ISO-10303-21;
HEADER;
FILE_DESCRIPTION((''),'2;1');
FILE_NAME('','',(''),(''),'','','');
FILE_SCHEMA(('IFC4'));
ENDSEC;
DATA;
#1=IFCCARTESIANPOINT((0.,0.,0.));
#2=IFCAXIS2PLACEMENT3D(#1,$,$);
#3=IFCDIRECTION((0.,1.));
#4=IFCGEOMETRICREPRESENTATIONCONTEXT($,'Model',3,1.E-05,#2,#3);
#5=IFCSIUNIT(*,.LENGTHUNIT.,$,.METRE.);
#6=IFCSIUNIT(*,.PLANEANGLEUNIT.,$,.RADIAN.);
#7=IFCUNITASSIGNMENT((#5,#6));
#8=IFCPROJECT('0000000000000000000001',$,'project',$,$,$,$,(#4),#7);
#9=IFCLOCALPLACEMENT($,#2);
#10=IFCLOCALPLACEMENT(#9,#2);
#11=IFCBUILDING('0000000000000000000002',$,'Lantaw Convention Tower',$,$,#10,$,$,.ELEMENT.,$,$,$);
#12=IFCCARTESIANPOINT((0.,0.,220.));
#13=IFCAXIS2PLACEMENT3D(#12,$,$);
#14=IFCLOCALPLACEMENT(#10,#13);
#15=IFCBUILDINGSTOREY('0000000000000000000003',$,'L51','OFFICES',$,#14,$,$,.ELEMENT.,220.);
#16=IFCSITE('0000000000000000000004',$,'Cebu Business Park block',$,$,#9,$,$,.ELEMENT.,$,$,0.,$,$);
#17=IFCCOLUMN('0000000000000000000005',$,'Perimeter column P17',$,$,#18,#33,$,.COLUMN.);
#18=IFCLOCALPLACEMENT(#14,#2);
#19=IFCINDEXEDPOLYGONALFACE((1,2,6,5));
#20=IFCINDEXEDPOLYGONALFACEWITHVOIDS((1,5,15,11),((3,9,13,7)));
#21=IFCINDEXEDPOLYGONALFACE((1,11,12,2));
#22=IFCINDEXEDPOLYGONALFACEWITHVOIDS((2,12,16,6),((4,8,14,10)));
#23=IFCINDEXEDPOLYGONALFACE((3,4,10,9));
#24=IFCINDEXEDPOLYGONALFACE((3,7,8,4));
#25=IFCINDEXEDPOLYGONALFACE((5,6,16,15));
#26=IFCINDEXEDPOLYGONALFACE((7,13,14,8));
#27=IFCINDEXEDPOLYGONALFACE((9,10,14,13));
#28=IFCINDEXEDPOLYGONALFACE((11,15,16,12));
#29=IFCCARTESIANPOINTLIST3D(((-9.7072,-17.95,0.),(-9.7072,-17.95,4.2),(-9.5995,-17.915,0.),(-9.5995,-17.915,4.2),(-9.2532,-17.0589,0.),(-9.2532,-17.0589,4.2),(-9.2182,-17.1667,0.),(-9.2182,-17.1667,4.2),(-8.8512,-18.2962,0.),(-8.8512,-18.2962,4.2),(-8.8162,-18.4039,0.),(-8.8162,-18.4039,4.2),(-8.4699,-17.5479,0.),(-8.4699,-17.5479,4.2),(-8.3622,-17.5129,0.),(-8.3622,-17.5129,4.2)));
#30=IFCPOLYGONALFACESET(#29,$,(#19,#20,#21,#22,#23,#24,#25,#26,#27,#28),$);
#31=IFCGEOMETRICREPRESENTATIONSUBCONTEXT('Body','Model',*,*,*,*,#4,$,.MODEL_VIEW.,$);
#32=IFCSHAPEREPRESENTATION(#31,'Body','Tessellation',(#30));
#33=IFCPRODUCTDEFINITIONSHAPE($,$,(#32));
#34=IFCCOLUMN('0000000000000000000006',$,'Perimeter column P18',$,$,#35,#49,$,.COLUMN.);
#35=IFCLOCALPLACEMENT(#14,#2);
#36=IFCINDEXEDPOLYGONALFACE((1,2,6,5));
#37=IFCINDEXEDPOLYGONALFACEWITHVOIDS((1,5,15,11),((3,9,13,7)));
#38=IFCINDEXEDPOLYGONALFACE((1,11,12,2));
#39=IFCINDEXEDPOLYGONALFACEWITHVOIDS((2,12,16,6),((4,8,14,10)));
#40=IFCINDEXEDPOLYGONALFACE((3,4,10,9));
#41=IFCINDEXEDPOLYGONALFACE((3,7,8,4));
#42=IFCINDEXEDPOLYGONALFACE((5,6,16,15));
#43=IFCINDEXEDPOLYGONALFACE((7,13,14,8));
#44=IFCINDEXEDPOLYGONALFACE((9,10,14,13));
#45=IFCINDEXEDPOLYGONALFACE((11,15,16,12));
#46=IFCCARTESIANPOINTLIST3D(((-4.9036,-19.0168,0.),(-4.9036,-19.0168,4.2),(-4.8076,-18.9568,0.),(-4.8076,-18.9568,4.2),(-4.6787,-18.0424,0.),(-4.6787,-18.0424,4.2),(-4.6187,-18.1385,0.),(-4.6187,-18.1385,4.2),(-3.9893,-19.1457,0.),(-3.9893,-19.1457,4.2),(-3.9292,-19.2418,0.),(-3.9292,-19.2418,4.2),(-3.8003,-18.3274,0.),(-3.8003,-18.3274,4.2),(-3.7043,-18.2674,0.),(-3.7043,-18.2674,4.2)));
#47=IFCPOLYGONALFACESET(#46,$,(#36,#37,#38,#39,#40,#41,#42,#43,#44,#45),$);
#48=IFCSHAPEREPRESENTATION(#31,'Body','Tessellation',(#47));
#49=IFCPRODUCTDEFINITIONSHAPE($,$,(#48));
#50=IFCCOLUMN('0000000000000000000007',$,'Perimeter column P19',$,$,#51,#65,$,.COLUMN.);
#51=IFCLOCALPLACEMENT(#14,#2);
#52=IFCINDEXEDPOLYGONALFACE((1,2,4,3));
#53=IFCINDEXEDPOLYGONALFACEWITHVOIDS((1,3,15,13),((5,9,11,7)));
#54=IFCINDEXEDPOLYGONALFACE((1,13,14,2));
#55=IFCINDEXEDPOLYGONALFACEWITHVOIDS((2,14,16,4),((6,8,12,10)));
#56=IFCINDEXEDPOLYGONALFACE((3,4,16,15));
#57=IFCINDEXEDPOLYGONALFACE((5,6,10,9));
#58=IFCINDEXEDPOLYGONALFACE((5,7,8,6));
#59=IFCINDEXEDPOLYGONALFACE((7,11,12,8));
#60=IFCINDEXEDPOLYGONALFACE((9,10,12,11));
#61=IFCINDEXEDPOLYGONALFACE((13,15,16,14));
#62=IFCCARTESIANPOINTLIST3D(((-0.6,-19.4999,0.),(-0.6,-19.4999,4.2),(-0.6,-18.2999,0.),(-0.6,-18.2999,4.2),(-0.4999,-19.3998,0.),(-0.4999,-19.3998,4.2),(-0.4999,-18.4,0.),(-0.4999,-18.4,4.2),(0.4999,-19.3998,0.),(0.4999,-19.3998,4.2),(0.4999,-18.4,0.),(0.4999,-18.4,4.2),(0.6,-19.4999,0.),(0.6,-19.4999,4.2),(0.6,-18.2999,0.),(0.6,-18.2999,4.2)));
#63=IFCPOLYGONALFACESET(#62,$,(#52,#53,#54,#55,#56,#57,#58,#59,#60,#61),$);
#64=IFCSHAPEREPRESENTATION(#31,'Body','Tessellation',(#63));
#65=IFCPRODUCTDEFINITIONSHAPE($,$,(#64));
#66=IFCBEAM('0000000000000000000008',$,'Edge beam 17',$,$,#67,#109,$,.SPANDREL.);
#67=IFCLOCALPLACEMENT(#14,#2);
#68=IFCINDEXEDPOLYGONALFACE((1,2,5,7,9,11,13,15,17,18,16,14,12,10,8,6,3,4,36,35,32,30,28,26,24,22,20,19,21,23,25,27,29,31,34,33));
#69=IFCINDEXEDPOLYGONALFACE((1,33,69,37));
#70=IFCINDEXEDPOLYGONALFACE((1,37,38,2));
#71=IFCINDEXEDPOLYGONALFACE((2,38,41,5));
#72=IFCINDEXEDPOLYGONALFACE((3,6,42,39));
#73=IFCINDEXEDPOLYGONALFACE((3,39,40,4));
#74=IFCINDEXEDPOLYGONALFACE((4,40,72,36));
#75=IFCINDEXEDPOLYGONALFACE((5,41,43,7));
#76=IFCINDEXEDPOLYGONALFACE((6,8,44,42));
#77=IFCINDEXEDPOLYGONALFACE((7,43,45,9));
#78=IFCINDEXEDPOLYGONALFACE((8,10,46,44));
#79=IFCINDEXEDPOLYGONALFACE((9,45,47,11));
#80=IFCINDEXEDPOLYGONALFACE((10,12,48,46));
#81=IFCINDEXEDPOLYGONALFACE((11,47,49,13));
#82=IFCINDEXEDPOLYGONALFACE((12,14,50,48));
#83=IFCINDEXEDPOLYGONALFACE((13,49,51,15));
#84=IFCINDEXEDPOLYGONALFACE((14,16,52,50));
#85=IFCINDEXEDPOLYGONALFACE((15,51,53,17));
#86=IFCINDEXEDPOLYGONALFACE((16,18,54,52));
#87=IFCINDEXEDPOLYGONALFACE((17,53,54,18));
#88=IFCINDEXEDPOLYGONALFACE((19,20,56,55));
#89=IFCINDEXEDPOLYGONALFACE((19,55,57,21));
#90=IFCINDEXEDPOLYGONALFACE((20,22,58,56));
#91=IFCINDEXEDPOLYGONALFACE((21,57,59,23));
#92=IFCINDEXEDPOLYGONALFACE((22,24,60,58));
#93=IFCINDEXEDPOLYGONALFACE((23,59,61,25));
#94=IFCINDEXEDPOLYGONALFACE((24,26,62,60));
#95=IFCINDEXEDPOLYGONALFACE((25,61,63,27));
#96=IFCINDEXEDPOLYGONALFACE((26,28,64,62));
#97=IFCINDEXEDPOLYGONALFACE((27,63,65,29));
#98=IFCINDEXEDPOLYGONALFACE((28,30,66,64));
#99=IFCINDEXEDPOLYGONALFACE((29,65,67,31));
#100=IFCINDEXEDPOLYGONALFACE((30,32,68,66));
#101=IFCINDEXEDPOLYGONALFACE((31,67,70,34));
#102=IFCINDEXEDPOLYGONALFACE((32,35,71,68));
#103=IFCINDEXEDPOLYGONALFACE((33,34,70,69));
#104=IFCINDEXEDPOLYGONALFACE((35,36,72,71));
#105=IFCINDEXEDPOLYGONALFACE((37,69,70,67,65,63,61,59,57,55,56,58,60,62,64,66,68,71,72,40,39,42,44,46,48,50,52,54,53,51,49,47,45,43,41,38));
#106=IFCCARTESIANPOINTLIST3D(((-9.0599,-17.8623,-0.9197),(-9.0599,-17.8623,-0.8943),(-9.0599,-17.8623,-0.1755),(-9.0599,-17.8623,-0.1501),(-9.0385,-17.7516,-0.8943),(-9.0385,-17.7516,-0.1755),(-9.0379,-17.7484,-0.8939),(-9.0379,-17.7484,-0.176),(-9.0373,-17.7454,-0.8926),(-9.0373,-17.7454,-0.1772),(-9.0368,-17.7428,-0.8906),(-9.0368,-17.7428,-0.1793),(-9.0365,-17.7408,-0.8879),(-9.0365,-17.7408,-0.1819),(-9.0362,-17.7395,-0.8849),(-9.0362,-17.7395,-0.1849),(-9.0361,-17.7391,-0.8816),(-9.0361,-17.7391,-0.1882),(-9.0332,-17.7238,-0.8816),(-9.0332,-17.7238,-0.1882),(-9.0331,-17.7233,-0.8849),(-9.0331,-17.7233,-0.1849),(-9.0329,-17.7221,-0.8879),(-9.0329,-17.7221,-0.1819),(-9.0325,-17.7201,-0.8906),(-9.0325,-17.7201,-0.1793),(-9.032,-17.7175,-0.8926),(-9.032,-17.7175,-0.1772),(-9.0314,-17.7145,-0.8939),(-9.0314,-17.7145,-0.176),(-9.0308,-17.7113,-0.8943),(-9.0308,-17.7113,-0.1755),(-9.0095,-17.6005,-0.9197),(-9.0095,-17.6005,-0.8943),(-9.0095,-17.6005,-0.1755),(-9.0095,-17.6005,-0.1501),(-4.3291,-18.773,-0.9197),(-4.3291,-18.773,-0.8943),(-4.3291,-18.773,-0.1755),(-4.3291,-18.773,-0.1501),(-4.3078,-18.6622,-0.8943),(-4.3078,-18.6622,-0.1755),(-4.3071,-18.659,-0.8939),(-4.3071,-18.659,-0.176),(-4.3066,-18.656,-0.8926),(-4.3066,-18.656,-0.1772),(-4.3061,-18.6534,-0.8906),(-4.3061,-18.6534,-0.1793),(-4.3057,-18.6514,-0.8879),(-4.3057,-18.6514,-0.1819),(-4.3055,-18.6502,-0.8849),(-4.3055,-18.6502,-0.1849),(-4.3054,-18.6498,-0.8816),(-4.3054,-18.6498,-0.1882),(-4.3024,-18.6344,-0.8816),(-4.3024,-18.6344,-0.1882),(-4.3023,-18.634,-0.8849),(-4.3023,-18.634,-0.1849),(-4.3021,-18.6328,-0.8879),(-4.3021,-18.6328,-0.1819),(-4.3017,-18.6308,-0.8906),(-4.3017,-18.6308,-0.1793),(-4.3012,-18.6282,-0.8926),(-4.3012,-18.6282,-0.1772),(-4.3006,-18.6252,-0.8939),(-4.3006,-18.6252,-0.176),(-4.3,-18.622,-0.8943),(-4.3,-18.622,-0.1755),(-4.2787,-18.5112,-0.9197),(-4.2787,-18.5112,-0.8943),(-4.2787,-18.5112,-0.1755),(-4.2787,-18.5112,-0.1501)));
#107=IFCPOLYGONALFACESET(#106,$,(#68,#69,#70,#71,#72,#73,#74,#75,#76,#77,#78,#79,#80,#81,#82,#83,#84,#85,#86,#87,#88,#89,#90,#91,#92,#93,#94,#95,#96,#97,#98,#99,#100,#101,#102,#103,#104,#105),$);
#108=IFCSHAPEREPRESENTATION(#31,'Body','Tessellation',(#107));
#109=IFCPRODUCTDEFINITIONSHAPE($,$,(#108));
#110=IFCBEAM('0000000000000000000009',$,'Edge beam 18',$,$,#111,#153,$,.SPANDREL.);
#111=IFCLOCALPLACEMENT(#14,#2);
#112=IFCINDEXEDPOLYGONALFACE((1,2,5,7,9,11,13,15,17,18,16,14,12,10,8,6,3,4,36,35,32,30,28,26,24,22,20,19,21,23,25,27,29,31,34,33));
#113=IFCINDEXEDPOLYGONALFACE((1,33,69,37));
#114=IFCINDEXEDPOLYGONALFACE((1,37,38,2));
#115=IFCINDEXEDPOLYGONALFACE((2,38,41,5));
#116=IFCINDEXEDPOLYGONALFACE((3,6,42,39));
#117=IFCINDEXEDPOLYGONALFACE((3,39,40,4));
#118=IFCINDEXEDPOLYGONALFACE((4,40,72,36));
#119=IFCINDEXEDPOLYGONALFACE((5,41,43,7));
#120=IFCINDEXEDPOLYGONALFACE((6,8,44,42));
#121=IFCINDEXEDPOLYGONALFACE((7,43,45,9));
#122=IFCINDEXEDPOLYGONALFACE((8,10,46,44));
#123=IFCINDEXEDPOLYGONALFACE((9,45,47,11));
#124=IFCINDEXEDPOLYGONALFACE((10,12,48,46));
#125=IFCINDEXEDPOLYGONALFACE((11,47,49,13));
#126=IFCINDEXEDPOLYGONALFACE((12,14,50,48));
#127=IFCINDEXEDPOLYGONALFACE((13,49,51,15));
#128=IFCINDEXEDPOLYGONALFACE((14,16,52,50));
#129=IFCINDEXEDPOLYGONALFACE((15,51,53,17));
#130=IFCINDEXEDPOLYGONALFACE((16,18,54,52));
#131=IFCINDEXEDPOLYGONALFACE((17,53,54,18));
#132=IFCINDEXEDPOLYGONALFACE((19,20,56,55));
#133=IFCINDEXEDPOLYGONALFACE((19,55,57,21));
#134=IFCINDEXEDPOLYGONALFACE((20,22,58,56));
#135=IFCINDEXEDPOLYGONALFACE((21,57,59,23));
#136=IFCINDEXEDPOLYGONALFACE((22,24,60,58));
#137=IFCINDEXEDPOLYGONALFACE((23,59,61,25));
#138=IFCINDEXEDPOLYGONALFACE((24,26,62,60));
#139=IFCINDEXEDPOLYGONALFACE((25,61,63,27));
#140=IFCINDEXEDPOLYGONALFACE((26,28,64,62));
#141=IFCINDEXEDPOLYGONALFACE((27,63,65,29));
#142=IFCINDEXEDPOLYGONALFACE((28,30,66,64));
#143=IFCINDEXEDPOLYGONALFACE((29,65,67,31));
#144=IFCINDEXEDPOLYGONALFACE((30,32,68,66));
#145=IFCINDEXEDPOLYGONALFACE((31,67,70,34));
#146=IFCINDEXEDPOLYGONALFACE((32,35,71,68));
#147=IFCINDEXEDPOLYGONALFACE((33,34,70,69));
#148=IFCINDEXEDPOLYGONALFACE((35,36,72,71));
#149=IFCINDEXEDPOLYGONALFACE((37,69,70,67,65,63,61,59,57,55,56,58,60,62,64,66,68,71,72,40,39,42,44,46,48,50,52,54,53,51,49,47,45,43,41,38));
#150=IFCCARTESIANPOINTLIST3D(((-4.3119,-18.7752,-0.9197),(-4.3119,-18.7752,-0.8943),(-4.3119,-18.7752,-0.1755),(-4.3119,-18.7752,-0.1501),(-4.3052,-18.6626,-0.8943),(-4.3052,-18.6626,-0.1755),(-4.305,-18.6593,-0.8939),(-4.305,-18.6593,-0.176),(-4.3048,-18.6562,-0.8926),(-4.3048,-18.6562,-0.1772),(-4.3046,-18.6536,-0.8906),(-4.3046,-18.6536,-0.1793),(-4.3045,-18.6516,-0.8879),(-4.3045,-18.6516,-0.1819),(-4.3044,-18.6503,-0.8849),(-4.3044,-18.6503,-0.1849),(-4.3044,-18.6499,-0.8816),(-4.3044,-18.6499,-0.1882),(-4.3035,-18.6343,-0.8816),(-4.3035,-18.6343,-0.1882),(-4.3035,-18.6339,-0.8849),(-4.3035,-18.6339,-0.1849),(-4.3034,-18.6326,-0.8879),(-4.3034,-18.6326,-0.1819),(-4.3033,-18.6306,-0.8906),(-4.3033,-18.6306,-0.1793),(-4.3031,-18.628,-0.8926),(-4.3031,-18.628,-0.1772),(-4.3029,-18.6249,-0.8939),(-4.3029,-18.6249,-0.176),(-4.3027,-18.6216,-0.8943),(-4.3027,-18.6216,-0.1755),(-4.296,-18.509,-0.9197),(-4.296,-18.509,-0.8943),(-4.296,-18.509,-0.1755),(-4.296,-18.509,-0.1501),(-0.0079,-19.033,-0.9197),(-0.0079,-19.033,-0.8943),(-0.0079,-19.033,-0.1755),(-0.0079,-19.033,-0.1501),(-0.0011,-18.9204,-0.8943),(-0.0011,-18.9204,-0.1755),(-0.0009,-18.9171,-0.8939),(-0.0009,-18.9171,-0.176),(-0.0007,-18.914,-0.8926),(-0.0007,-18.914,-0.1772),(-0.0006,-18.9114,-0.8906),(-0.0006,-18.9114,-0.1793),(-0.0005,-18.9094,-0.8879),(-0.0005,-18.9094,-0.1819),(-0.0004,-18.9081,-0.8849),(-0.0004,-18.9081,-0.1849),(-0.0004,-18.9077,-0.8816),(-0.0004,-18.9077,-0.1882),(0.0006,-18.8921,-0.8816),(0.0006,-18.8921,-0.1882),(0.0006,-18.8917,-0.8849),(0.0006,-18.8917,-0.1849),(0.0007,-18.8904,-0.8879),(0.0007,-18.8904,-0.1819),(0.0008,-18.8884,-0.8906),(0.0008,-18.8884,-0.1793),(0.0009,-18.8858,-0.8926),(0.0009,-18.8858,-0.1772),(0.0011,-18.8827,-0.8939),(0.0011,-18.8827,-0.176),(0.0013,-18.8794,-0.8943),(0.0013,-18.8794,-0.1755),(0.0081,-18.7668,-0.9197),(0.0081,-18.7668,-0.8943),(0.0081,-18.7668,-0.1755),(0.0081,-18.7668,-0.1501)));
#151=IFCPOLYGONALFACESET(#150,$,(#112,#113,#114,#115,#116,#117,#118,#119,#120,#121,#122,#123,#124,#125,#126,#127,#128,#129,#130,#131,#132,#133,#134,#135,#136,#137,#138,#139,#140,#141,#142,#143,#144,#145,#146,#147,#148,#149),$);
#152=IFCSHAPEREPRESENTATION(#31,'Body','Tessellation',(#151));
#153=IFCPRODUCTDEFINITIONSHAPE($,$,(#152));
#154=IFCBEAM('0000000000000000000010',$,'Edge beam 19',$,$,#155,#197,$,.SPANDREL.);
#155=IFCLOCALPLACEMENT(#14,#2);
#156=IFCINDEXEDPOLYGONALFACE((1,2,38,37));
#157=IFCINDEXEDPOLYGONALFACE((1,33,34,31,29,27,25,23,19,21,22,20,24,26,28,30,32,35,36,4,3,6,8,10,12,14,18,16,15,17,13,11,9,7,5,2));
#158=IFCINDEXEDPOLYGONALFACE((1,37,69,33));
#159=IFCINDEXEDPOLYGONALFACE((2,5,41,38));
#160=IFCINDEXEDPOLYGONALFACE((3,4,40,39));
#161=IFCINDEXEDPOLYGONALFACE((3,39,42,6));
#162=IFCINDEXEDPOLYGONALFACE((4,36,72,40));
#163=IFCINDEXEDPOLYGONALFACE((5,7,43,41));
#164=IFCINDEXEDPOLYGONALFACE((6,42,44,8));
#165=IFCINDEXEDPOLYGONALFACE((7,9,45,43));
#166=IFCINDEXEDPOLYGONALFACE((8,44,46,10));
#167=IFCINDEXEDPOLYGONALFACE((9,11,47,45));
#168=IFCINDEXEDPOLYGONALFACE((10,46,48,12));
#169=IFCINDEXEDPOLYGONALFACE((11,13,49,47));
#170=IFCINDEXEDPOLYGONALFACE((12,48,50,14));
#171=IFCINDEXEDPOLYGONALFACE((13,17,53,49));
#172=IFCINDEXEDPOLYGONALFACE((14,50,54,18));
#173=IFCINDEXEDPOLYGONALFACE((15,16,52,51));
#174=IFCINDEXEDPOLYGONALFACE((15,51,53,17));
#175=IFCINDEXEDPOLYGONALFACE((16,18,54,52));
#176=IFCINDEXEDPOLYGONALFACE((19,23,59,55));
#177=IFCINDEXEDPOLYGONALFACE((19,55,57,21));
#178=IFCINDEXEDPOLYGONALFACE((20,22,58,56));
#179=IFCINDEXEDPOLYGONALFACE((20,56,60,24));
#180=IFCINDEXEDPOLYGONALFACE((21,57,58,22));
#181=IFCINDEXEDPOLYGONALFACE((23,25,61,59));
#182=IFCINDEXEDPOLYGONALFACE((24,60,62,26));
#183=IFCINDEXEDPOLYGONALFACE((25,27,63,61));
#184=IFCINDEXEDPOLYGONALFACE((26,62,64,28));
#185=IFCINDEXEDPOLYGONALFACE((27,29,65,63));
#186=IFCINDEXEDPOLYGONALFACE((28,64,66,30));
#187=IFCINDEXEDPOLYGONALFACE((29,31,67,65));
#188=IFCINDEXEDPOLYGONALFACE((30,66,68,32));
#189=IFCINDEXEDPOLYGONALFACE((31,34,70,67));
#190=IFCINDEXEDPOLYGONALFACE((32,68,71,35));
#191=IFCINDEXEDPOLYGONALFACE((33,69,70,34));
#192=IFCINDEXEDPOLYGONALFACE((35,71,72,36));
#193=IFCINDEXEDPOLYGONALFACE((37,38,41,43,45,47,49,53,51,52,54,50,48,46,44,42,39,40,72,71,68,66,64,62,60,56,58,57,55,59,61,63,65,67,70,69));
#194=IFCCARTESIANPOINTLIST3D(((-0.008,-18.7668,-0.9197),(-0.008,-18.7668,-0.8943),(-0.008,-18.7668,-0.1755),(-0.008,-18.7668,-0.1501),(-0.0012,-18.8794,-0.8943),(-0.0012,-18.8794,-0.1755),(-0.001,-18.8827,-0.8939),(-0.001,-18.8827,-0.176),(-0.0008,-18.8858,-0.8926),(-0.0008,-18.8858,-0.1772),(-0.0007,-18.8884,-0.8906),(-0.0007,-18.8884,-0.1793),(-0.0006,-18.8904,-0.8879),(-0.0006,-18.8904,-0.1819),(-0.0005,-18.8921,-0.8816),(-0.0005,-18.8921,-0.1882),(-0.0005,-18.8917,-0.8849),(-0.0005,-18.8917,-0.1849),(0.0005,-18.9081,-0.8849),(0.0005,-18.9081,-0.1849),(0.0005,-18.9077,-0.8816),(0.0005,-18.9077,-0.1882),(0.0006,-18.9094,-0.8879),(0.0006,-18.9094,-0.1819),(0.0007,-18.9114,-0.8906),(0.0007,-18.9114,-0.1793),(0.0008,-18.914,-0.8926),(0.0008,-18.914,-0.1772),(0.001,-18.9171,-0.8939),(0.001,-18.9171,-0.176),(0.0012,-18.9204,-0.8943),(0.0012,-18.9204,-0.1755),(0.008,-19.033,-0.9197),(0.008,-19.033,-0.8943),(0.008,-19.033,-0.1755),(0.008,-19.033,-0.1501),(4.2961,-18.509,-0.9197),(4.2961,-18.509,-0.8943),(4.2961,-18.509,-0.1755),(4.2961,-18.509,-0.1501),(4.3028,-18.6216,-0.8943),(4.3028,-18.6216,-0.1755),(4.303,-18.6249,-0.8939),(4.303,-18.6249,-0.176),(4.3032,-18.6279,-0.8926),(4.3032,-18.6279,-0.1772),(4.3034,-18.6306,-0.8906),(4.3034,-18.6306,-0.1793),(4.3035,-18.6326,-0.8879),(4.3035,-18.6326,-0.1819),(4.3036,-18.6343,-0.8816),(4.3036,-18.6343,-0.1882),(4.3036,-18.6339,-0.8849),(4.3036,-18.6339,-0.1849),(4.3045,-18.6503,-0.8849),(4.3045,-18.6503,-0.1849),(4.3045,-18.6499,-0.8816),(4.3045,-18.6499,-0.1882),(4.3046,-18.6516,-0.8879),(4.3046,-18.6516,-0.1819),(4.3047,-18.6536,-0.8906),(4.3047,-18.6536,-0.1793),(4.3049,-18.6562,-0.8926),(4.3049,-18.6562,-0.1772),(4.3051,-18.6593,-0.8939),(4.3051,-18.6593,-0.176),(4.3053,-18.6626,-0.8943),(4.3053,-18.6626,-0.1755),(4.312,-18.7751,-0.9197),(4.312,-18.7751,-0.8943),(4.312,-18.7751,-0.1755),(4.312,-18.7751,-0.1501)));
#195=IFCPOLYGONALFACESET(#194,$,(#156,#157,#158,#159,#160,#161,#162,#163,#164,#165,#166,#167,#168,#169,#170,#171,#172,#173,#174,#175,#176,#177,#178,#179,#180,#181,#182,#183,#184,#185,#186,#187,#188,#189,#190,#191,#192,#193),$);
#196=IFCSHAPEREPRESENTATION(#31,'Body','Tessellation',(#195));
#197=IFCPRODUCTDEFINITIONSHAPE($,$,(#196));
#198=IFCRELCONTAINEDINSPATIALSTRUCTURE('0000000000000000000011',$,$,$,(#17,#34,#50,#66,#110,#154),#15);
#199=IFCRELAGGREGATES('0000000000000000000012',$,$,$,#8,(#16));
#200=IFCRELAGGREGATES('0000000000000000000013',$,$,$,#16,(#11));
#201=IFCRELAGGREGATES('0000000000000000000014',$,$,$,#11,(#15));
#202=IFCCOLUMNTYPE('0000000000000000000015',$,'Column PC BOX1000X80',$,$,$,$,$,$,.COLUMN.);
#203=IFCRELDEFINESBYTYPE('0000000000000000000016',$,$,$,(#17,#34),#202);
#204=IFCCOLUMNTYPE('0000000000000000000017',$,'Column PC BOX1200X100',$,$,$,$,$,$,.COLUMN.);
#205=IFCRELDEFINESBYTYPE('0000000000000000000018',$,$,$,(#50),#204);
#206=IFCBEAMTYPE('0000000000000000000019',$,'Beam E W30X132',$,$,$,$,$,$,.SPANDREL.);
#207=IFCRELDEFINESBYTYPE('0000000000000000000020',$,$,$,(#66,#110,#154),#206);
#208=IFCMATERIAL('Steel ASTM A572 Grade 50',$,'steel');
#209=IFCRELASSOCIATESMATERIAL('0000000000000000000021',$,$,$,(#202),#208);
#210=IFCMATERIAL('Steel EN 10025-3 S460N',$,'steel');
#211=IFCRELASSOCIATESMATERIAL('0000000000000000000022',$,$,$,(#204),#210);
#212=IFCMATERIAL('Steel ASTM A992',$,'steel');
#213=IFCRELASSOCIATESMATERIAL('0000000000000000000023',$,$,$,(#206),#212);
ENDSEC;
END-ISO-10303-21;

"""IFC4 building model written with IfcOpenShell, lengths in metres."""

from ifc_helpers import new_model, si_unit, direction, frame, origin, origin_2d, place, context, subcontext, project, spatial, rectangle, hollow_rectangle, i_section, extrude, material, material_profile, profile_set, type_object, element, save


model = new_model("IFC4")

# Units and contexts
model_context = context("Model", 3, precision=1e-05, world=origin(), true_north=direction((0.0, 1.0)))
body_context = subcontext(model_context, "Body", "Model", "MODEL_VIEW")
ifc_project = project(units=[si_unit("LENGTHUNIT", "METRE"), si_unit("PLANEANGLEUNIT", "RADIAN")], contexts=[model_context])

# Site, building, storey
site_placement = place(None, origin())
site = spatial("IfcSite", under=ifc_project, at=site_placement, Name="Cebu Business Park block", CompositionType="ELEMENT", RefElevation=0.0)
building_placement = place(site_placement, origin())
building = spatial("IfcBuilding", under=site, at=building_placement, Name="Lantaw Convention Tower", CompositionType="ELEMENT")
storey_placement = place(building_placement, frame((0.0, 0.0, 220.0)))
storey = spatial("IfcBuildingStorey", under=building, at=storey_placement, Name="L51", Description="OFFICES", CompositionType="ELEMENT", Elevation=220.0)

# Columns
ifc_material_1 = material(Name="Steel ASTM A572 Grade 50", Category="steel")
ifc_material_profile_1 = material_profile(ifc_material_1, hollow_rectangle(XDim=1.0, YDim=1.0, WallThickness=0.0801, at=origin_2d()), Name="BOX1000X80")
ifc_material_2 = material(Name="Concrete C60/75", Category="concrete")
ifc_material_profile_2 = material_profile(ifc_material_2, rectangle(XDim=0.8401, YDim=0.8401, at=origin_2d()), Name="Concrete fill of BOX1000X80")
ifc_profile_set_1 = profile_set([ifc_material_profile_1, ifc_material_profile_2], Name="Steel ASTM A572 Grade 50")
column_type_1 = type_object("IfcColumnType", Name="Column PC BOX1000X80", PredefinedType="COLUMN", material=ifc_profile_set_1)
for number, where, z_axis, x_axis, name in (
    (1, (-9.0347, -17.7314, 0.0), (0.0, 0.0, 1.0), (0.45399, 0.891007, 0.0), "Perimeter column P17"),
    (2, (-4.304, -18.6421, 0.0), (0.0, 0.0, 1.0), (0.224951, 0.97437, 0.0), "Perimeter column P18"),
):
    element("IfcColumn", number, at=place(storey_placement, frame(where, z_axis=z_axis, x_axis=x_axis)), inside=storey, type_object=column_type_1, Name=name, PredefinedType="COLUMN", context=body_context, shape_type="SweptSolid", body=[
        extrude(hollow_rectangle(XDim=1.0, YDim=1.0, WallThickness=0.0801, at=origin_2d()), origin(), (0.0, 0.0, 1.0), 4.2),
    ])
ifc_material_3 = material(Name="Steel EN 10025-3 S460N", Category="steel")
ifc_material_profile_3 = material_profile(ifc_material_3, hollow_rectangle(XDim=1.2, YDim=1.2, WallThickness=0.1001, at=origin_2d()), Name="BOX1200X100")
ifc_material_profile_4 = material_profile(ifc_material_2, rectangle(XDim=1.0, YDim=1.0, at=origin_2d()), Name="Concrete fill of BOX1200X100")
ifc_profile_set_2 = profile_set([ifc_material_profile_3, ifc_material_profile_4], Name="Steel EN 10025-3 S460N")
column_type_2 = type_object("IfcColumnType", Name="Column PC BOX1200X100", PredefinedType="COLUMN", material=ifc_profile_set_2)
column_placement = place(storey_placement, frame((0.0, -18.8999, 0.0), z_axis=(0.0, 0.0, 1.0), x_axis=(1.0, 0.0, 0.0)))
element("IfcColumn", 3, at=column_placement, inside=storey, type_object=column_type_2, Name="Perimeter column P19", PredefinedType="COLUMN", context=body_context, shape_type="SweptSolid", body=[
    extrude(hollow_rectangle(XDim=1.2, YDim=1.2, WallThickness=0.1001, at=origin_2d()), origin(), (0.0, 0.0, 1.0), 4.2),
])

# Beams
ifc_material_4 = material(Name="Steel ASTM A992", Category="steel")
ifc_material_profile_5 = material_profile(ifc_material_4, i_section(OverallWidth=0.2666, OverallDepth=0.7695, WebThickness=0.0156, FlangeThickness=0.0254, FilletRadius=0.0127, at=origin_2d()), Name="W30X132")
ifc_profile_set_3 = profile_set([ifc_material_profile_5], Name="Steel ASTM A992")
beam_type_1 = type_object("IfcBeamType", Name="Beam E W30X132", PredefinedType="SPANDREL", material=ifc_profile_set_3)
beam_1_placement = place(storey_placement, frame((-9.0347, -17.7314, -0.5349), z_axis=(0.981972, -0.189026, 0.0), x_axis=(0.189026, 0.981972, 0.0)))
element("IfcBeam", 4, at=beam_1_placement, inside=storey, type_object=beam_type_1, Name="Edge beam 17", PredefinedType="SPANDREL", context=body_context, shape_type="SweptSolid", body=[
    extrude(i_section(OverallWidth=0.2666, OverallDepth=0.7695, WebThickness=0.0156, FlangeThickness=0.0254, FilletRadius=0.0127, at=origin_2d()), origin(), (0.0, 0.0, 1.0), 4.8176),
])
for number, where, z_axis, x_axis, name in (
    (5, (-4.304, -18.6421, -0.5349), (0.998211, -0.059794, 0.0), (0.059794, 0.998211, 0.0), "Edge beam 18"),
    (6, (0.0, -18.8999, -0.5349), (0.998211, 0.059794, 0.0), (-0.059794, 0.998211, 0.0), "Edge beam 19"),
):
    element("IfcBeam", number, at=place(storey_placement, frame(where, z_axis=z_axis, x_axis=x_axis)), inside=storey, type_object=beam_type_1, Name=name, PredefinedType="SPANDREL", context=body_context, shape_type="SweptSolid", body=[
        extrude(i_section(OverallWidth=0.2666, OverallDepth=0.7695, WebThickness=0.0156, FlangeThickness=0.0254, FilletRadius=0.0127, at=origin_2d()), origin(), (0.0, 0.0, 1.0), 4.3118),
    ])

save(model, "model.ifc")
